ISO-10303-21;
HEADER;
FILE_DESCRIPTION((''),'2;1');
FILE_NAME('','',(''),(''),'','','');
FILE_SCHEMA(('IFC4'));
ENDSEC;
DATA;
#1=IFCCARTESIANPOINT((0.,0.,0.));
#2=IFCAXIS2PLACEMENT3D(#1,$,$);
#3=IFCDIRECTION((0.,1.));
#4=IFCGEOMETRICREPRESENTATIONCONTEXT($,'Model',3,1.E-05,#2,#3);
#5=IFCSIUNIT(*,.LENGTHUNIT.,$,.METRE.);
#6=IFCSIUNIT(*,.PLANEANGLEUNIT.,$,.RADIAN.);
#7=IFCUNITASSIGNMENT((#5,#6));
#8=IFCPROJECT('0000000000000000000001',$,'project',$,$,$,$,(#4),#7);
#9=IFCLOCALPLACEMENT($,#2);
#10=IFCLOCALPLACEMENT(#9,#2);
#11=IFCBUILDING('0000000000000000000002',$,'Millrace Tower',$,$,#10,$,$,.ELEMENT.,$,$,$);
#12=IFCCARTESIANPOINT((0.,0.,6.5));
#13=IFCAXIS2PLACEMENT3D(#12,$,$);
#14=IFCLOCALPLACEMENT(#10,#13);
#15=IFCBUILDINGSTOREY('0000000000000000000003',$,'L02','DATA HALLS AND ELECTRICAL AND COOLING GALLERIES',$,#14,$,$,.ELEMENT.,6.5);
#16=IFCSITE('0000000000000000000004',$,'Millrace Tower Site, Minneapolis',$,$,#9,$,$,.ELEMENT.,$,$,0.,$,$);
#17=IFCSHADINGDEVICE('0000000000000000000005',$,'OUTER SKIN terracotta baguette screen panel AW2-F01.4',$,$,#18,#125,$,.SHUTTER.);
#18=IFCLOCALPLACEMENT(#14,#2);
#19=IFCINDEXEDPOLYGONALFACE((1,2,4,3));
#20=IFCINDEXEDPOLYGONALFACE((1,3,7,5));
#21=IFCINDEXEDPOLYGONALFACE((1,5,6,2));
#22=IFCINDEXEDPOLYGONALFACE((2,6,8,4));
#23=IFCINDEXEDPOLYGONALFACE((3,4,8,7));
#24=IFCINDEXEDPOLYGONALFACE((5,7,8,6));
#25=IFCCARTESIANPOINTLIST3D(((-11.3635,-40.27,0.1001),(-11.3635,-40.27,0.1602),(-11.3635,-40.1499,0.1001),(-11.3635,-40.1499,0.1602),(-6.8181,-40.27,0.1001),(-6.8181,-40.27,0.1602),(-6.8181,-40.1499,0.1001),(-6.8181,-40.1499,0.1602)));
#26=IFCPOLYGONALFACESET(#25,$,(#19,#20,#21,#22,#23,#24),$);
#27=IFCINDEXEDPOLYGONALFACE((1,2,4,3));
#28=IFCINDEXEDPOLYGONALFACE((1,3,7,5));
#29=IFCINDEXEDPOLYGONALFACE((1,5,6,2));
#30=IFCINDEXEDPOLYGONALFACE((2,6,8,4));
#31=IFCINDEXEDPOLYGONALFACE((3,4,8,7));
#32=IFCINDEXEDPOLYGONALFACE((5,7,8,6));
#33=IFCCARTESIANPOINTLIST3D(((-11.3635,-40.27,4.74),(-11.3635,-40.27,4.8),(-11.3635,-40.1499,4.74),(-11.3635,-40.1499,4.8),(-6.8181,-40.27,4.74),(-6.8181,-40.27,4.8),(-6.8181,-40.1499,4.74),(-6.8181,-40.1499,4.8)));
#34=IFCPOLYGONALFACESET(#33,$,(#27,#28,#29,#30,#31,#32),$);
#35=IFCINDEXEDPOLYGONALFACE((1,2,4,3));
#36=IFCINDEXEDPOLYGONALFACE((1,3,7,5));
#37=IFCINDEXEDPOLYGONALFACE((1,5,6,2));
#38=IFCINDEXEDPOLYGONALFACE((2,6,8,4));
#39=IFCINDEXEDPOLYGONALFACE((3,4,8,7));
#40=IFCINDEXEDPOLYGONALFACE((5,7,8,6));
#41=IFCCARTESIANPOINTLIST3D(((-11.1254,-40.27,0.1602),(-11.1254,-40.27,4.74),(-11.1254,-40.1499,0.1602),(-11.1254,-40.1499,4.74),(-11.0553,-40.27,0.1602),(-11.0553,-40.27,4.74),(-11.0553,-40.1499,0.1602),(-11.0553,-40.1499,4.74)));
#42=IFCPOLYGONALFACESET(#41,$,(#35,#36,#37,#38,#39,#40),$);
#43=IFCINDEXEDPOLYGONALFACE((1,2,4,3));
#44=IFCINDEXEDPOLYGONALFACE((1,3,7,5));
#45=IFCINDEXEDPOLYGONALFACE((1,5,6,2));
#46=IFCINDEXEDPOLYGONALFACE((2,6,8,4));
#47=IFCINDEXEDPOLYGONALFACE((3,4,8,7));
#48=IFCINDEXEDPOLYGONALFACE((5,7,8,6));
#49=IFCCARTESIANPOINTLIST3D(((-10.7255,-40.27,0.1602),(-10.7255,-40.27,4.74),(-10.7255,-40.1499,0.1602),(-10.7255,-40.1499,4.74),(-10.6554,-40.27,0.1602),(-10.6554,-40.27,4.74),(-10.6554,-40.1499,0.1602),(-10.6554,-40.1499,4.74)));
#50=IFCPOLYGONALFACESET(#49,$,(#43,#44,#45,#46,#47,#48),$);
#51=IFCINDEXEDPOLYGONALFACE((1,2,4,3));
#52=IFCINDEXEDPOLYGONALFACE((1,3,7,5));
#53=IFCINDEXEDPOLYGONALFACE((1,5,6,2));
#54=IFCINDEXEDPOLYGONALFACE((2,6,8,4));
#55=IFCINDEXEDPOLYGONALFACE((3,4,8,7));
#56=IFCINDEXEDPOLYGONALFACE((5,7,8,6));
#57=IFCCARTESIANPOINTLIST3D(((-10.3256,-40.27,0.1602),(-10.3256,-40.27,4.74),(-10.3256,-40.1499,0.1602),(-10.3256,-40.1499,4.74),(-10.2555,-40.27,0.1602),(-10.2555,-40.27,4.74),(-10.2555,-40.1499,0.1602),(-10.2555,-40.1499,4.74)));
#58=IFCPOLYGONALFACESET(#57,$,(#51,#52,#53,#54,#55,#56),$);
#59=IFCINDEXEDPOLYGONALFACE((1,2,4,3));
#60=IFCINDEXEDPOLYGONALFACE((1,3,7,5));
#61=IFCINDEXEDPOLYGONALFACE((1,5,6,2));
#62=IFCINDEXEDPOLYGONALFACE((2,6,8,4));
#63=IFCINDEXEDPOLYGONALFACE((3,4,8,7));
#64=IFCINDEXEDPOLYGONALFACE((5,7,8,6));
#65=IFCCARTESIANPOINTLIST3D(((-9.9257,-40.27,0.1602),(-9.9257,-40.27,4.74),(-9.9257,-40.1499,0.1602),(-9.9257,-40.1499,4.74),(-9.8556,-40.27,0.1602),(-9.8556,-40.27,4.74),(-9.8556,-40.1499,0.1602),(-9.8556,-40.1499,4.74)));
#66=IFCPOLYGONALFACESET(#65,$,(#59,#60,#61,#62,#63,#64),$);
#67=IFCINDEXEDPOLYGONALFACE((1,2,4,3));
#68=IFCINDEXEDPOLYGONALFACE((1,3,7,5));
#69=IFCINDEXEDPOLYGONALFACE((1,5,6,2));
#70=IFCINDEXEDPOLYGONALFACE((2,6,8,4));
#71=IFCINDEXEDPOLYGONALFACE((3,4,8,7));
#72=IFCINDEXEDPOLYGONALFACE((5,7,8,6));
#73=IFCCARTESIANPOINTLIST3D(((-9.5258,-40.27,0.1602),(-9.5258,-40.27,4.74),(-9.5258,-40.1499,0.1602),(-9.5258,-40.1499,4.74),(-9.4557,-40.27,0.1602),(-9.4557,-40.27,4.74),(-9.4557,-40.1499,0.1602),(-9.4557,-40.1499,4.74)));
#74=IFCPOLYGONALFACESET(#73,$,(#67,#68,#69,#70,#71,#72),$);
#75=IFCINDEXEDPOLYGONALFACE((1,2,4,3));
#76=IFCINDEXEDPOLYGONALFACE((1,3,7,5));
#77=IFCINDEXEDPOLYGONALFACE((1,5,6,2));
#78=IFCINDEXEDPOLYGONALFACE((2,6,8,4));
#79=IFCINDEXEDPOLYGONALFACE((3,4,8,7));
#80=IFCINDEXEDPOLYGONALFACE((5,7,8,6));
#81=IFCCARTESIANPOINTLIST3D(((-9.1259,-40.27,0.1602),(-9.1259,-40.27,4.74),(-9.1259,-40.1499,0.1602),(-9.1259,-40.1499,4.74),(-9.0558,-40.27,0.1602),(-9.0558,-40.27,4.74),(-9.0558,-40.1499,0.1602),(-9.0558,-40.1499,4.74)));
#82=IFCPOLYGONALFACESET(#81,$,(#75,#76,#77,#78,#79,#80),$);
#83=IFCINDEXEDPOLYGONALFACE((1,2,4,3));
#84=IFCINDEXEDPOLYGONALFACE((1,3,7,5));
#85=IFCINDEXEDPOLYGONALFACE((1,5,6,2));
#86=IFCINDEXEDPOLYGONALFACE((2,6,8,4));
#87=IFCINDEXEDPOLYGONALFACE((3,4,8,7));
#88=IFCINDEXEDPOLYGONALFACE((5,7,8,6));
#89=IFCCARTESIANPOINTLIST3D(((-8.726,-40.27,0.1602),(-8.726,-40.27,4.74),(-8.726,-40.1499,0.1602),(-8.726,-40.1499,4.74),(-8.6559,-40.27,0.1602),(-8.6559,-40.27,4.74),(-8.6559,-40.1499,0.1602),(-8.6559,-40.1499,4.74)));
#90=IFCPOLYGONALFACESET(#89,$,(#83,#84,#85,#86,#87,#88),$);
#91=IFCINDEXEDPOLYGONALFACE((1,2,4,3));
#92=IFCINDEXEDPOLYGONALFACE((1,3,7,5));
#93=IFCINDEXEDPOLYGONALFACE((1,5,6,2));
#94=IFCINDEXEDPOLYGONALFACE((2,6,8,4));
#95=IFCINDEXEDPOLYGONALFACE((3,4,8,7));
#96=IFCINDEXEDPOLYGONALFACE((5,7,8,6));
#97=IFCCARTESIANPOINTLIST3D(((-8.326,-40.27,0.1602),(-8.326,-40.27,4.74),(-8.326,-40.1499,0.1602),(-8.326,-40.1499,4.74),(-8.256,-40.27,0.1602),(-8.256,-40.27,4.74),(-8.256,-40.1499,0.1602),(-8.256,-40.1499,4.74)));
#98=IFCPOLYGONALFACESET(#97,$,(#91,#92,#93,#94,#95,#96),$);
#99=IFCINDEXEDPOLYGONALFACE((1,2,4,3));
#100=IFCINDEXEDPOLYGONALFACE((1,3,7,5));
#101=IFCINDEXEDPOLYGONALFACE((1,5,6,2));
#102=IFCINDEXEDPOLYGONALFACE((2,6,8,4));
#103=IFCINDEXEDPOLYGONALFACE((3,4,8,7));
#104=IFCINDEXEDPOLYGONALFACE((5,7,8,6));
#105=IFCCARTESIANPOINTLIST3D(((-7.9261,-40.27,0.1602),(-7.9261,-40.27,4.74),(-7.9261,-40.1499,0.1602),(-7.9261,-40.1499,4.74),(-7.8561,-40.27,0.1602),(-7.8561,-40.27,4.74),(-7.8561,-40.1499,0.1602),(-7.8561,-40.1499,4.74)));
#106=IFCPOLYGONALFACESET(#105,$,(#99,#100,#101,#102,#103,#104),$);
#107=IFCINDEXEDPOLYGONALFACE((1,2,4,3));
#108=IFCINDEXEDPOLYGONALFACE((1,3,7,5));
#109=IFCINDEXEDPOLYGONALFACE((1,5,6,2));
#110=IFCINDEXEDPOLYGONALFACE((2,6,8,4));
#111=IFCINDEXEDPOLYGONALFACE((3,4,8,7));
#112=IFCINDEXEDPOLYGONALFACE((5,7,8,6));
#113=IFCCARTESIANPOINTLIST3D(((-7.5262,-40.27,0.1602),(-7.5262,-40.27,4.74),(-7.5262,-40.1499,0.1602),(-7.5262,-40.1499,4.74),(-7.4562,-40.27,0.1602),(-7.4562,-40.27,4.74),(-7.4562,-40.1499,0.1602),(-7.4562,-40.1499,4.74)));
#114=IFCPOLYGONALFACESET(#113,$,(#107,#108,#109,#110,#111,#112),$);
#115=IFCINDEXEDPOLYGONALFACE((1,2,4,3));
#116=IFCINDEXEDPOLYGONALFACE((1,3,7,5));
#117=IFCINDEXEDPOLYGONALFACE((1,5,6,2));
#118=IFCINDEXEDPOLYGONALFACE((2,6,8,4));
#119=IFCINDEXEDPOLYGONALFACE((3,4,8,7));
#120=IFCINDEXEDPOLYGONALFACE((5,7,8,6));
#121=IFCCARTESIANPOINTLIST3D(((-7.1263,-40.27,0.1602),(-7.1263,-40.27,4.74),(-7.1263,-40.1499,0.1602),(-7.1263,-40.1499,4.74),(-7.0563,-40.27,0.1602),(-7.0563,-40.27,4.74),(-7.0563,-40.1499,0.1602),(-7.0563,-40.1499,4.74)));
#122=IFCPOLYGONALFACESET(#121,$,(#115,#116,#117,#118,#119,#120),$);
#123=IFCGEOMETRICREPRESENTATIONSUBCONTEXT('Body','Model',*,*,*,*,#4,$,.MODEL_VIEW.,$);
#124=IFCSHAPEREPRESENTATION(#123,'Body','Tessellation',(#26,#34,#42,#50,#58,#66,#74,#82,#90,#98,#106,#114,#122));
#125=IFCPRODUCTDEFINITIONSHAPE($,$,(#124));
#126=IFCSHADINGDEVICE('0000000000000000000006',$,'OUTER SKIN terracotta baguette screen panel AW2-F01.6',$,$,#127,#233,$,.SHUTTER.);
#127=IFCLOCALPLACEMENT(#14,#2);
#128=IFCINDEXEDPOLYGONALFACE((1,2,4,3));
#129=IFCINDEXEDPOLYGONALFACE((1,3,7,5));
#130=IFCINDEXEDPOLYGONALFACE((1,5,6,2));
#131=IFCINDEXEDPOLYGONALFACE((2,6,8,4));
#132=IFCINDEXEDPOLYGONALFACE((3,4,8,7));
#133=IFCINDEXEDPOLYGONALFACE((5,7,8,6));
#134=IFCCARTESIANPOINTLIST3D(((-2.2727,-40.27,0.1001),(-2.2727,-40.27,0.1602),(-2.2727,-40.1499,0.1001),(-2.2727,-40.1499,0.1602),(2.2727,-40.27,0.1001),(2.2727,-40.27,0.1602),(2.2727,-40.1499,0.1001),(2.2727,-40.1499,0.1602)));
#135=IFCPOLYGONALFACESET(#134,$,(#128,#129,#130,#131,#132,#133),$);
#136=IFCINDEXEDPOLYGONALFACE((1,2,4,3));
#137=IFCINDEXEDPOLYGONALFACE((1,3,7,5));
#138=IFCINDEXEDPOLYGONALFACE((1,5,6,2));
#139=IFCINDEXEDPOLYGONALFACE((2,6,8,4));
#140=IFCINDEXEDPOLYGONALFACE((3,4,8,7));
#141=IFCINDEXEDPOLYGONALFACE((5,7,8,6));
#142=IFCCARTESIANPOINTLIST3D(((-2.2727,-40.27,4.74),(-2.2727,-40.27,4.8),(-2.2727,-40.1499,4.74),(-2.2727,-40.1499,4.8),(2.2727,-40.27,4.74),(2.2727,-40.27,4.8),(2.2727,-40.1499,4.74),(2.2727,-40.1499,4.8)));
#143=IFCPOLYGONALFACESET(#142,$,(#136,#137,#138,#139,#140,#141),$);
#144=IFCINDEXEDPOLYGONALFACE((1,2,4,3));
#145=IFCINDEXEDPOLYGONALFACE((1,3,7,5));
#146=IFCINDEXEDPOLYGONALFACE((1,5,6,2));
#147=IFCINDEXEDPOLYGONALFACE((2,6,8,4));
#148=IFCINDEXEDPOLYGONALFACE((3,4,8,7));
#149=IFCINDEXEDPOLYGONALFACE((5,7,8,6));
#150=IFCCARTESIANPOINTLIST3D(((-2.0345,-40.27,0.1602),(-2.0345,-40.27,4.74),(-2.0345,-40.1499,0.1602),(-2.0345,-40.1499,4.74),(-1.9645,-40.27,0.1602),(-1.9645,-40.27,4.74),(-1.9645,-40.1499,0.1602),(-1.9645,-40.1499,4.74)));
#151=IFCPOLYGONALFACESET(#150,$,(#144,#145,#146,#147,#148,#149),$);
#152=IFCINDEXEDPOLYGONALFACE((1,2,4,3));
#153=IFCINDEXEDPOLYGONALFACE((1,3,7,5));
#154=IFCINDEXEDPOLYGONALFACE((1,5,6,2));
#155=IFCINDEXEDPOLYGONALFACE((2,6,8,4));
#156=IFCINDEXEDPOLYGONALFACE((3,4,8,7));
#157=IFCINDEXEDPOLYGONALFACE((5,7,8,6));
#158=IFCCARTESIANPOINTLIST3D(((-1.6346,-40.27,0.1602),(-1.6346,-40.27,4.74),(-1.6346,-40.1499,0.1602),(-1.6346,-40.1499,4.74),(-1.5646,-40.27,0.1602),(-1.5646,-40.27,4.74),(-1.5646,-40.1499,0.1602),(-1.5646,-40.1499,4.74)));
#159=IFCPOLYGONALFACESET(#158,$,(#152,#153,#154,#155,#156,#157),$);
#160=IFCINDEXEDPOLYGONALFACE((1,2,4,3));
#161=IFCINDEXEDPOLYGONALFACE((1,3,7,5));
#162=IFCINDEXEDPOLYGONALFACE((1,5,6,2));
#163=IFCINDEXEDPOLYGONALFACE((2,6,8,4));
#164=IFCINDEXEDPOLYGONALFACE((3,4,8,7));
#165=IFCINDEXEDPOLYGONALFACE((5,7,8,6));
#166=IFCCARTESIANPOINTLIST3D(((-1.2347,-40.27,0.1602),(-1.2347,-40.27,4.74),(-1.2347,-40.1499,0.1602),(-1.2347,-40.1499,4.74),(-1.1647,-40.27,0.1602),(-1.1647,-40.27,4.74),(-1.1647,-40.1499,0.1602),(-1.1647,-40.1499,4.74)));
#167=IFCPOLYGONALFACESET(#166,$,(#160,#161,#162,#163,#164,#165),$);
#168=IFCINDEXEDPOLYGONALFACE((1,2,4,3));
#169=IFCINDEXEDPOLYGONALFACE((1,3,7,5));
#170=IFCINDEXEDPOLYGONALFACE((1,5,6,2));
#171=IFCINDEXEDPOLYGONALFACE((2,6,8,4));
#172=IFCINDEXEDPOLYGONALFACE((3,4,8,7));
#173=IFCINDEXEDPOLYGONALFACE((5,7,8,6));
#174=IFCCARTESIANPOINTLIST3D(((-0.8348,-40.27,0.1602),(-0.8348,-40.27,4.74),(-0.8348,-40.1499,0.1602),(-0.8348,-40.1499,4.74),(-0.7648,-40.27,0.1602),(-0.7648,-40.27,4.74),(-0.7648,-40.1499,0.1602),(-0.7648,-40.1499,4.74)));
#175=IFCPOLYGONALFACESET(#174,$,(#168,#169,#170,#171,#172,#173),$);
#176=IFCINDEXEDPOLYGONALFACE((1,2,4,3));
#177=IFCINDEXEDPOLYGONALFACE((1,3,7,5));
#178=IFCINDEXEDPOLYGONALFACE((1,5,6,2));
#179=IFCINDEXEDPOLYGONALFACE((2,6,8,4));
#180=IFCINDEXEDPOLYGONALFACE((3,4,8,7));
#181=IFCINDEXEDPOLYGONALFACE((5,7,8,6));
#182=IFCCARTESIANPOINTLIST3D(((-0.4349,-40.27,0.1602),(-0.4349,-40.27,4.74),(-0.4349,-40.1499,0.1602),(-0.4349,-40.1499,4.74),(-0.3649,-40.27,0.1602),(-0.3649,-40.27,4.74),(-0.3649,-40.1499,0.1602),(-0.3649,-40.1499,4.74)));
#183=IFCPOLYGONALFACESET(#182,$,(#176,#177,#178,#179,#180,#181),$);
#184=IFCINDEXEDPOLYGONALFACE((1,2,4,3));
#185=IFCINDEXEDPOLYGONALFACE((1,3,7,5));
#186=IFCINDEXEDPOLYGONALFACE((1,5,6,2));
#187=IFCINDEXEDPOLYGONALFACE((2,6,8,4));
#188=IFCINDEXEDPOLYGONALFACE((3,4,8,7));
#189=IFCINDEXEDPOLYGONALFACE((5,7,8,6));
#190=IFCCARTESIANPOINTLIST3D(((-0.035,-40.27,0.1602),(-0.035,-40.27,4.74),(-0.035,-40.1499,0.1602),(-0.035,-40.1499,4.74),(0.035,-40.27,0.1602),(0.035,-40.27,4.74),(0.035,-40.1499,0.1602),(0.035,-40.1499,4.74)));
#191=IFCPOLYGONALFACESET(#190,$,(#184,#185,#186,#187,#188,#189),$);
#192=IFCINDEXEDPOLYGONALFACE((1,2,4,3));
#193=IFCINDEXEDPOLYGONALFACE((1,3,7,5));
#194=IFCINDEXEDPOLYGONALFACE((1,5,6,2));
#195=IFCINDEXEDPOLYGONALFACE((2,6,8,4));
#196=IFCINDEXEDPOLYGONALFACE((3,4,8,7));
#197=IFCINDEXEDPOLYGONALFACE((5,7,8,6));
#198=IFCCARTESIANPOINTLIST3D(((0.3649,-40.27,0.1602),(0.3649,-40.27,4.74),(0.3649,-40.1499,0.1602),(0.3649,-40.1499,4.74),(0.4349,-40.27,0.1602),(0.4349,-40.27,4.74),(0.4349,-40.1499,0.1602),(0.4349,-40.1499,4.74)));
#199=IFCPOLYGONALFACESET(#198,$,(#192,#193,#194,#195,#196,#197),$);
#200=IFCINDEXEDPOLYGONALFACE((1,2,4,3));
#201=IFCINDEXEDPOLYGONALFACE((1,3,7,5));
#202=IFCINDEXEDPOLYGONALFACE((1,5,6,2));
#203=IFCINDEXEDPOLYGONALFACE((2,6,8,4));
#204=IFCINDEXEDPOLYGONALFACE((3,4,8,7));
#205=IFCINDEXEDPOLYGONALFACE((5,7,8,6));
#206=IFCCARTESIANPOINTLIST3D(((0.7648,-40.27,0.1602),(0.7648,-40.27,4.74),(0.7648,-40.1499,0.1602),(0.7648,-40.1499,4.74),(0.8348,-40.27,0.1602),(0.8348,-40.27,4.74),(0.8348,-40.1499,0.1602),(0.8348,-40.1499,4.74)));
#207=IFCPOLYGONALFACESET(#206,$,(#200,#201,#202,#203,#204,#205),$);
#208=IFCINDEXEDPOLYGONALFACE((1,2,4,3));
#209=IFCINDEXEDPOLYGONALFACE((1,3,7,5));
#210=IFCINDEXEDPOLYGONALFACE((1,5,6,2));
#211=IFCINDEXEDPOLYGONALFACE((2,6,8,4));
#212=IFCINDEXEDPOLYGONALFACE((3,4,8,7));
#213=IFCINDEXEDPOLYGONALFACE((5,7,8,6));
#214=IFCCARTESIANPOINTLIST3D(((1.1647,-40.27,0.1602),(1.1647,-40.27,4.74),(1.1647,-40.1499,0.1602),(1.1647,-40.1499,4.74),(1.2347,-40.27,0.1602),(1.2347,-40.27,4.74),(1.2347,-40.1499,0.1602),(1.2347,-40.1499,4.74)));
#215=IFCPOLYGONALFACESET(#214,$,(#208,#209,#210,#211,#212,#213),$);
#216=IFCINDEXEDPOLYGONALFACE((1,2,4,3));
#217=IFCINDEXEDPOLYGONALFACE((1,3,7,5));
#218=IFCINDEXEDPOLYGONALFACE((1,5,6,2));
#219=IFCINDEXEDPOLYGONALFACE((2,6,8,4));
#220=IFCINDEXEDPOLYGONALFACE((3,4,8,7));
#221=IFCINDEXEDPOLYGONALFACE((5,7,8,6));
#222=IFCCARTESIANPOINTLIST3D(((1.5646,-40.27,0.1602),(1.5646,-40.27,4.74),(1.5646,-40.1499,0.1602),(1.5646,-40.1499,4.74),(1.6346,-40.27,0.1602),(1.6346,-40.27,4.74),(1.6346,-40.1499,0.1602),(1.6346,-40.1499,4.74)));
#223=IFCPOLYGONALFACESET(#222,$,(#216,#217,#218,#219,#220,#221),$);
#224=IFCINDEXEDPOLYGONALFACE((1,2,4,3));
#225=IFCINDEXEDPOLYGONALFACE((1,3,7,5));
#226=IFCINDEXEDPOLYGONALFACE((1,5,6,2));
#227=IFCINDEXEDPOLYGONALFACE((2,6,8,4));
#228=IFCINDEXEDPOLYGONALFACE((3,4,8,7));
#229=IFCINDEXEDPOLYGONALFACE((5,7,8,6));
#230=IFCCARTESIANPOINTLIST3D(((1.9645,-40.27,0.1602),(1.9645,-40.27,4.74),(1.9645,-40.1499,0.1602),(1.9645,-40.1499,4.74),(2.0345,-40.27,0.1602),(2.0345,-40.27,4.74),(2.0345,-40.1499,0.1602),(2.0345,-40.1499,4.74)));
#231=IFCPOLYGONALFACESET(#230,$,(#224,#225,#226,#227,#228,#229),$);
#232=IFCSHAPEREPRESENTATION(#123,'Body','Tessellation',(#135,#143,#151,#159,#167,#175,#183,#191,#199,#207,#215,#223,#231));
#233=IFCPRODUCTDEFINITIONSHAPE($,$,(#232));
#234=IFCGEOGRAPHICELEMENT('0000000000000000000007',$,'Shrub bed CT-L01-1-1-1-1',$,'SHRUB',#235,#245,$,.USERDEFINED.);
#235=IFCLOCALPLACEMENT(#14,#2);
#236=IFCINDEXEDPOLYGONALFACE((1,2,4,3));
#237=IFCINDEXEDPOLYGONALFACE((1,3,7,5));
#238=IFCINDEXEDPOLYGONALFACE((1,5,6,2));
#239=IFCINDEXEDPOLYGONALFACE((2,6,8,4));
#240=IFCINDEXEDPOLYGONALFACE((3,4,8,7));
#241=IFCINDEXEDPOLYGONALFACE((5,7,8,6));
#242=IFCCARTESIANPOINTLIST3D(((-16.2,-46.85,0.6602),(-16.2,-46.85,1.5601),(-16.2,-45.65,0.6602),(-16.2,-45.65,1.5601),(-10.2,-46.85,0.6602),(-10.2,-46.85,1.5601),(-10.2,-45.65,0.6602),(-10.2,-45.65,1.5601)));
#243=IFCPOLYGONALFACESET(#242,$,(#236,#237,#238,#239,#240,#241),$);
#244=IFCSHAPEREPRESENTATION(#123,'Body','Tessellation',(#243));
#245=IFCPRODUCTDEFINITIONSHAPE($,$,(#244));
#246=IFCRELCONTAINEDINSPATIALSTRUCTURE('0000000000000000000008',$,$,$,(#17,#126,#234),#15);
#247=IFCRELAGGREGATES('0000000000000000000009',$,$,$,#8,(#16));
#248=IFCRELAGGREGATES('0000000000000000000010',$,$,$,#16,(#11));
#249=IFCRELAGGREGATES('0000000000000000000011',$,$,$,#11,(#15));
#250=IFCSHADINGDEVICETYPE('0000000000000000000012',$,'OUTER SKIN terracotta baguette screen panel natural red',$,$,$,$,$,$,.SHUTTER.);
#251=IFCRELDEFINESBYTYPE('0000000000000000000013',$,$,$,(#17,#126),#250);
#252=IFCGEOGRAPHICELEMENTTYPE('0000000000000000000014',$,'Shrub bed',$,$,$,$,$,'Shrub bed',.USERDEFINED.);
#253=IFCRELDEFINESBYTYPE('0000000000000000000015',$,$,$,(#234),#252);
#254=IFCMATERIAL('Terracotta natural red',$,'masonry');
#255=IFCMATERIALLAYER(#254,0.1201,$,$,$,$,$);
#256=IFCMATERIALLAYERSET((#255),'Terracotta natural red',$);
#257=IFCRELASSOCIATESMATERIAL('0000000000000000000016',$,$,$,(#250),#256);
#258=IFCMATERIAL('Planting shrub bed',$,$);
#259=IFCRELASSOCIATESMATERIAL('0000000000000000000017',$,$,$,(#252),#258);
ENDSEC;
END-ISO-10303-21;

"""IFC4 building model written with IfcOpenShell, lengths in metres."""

from ifc_helpers import new_model, entity, si_unit, direction, frame, frame_2d, origin, origin_2d, place, context, subcontext, project, spatial, rectangle, extrude, source, transform, mapped, material, layer, layer_set, type_object, element, save


model = new_model("IFC4")

# Units and contexts
model_context = context("Model", 3, precision=1e-05, world=origin(), true_north=direction((0.0, 1.0)))
body_context = subcontext(model_context, "Body", "Model", "MODEL_VIEW")
ifc_project = project(units=[si_unit("LENGTHUNIT", "METRE"), si_unit("PLANEANGLEUNIT", "RADIAN")], contexts=[model_context])

# Site, building, storey
site_placement = place(None, origin())
site = spatial("IfcSite", under=ifc_project, at=site_placement, Name="Millrace Tower Site, Minneapolis", CompositionType="ELEMENT", RefElevation=0.0)
building_placement = place(site_placement, origin())
building = spatial("IfcBuilding", under=site, at=building_placement, Name="Millrace Tower", CompositionType="ELEMENT")
storey_placement = place(building_placement, frame((0.0, 0.0, 6.5)))
storey = spatial("IfcBuildingStorey", under=building, at=storey_placement, Name="L02", Description="DATA HALLS AND ELECTRICAL AND COOLING GALLERIES", CompositionType="ELEMENT", Elevation=6.5)

# Shading devices
cartesian_point = entity("IfcCartesianPoint", [-2.2727, 0.0601])
shared_polyline = entity("IfcPolyline", [cartesian_point, entity("IfcCartesianPoint", [2.2727, 0.0601]), entity("IfcCartesianPoint", [2.2727, -0.0601]), entity("IfcCartesianPoint", [-2.2727, -0.0601]), cartesian_point])
ifc_material_1 = material(Name="Terracotta natural red", Category="masonry")
ifc_layer_1 = layer(ifc_material_1, 0.1201)
ifc_layer_set_1 = layer_set([ifc_layer_1], Name="Terracotta natural red")
shading_device_type_1 = type_object("IfcShadingDeviceType", Name="OUTER SKIN terracotta baguette screen panel natural red", PredefinedType="SHUTTER", material=ifc_layer_set_1)
shared_shape_1 = source(origin(), body_context, "Body", "SweptSolid", [
    entity("IfcExtrudedAreaSolid", entity("IfcArbitraryClosedProfileDef", "AREA", None, shared_polyline), entity("IfcAxis2Placement3D", entity("IfcCartesianPoint", [0.0, 0.0, 0.0])), entity("IfcDirection", [0.0, 0.0, 1.0]), 0.0601),
    entity("IfcExtrudedAreaSolid", entity("IfcArbitraryClosedProfileDef", "AREA", None, shared_polyline), entity("IfcAxis2Placement3D", entity("IfcCartesianPoint", [0.0, 0.0, 4.6399])), entity("IfcDirection", [0.0, 0.0, 1.0]), 0.0601),
    extrude(rectangle(XDim=0.0701, YDim=0.1201, at=frame_2d((-1.9995, 0.0))), frame((0.0, 0.0, 0.0601)), (0.0, 0.0, 1.0), 4.5798),
    extrude(rectangle(XDim=0.0701, YDim=0.1201, at=frame_2d((-1.5996, 0.0))), frame((0.0, 0.0, 0.0601)), (0.0, 0.0, 1.0), 4.5798),
    extrude(rectangle(XDim=0.0701, YDim=0.1201, at=frame_2d((-1.1997, 0.0))), frame((0.0, 0.0, 0.0601)), (0.0, 0.0, 1.0), 4.5798),
    extrude(rectangle(XDim=0.0701, YDim=0.1201, at=frame_2d((-0.7998, 0.0))), frame((0.0, 0.0, 0.0601)), (0.0, 0.0, 1.0), 4.5798),
    extrude(rectangle(XDim=0.0701, YDim=0.1201, at=frame_2d((-0.3999, 0.0))), frame((0.0, 0.0, 0.0601)), (0.0, 0.0, 1.0), 4.5798),
    extrude(rectangle(XDim=0.0701, YDim=0.1201, at=origin_2d()), frame((0.0, 0.0, 0.0601)), (0.0, 0.0, 1.0), 4.5798),
    extrude(rectangle(XDim=0.0701, YDim=0.1201, at=frame_2d((0.3999, 0.0))), frame((0.0, 0.0, 0.0601)), (0.0, 0.0, 1.0), 4.5798),
    extrude(rectangle(XDim=0.0701, YDim=0.1201, at=frame_2d((0.7998, 0.0))), frame((0.0, 0.0, 0.0601)), (0.0, 0.0, 1.0), 4.5798),
    extrude(rectangle(XDim=0.0701, YDim=0.1201, at=frame_2d((1.1997, 0.0))), frame((0.0, 0.0, 0.0601)), (0.0, 0.0, 1.0), 4.5798),
    extrude(rectangle(XDim=0.0701, YDim=0.1201, at=frame_2d((1.5996, 0.0))), frame((0.0, 0.0, 0.0601)), (0.0, 0.0, 1.0), 4.5798),
    extrude(rectangle(XDim=0.0701, YDim=0.1201, at=frame_2d((1.9995, 0.0))), frame((0.0, 0.0, 0.0601)), (0.0, 0.0, 1.0), 4.5798),
])
for number, where, z_axis, x_axis, name in (
    (1, (-9.0908, -40.21, 0.1001), (0.0, 0.0, 1.0), (1.0, 0.0, 0.0), "OUTER SKIN terracotta baguette screen panel AW2-F01.4"),
    (2, (0.0, -40.21, 0.1001), (0.0, 0.0, 1.0), (1.0, 0.0, 0.0), "OUTER SKIN terracotta baguette screen panel AW2-F01.6"),
):
    element("IfcShadingDevice", number, at=place(storey_placement, frame(where, z_axis=z_axis, x_axis=x_axis)), inside=storey, type_object=shading_device_type_1, Name=name, PredefinedType="SHUTTER", context=body_context, shape_type="MappedRepresentation", body=[
        mapped(shared_shape_1, transform((0.0, 0.0, 0.0), scale=1.0)),
    ])

# Geographic element
ifc_material_2 = material(Name="Planting shrub bed")
geographic_element_type_1 = type_object("IfcGeographicElementType", Name="Shrub bed", ElementType="Shrub bed", PredefinedType="USERDEFINED", material=ifc_material_2)
for number, where, z_axis, x_axis, name in (
    (3, (-13.2, -46.25, 0.6602), (0.0, 0.0, 1.0), (1.0, 0.0, 0.0), "Shrub bed CT-L01-1-1-1-1"),
):
    element("IfcGeographicElement", number, at=place(storey_placement, frame(where, z_axis=z_axis, x_axis=x_axis)), inside=storey, type_object=geographic_element_type_1, Name=name, ObjectType="SHRUB", PredefinedType="USERDEFINED", context=body_context, shape_type="SweptSolid", body=[
        extrude(rectangle(XDim=6.0, YDim=1.2, at=origin_2d()), origin(), (0.0, 0.0, 1.0), 0.8999),
    ])

save(model, "model.ifc")
